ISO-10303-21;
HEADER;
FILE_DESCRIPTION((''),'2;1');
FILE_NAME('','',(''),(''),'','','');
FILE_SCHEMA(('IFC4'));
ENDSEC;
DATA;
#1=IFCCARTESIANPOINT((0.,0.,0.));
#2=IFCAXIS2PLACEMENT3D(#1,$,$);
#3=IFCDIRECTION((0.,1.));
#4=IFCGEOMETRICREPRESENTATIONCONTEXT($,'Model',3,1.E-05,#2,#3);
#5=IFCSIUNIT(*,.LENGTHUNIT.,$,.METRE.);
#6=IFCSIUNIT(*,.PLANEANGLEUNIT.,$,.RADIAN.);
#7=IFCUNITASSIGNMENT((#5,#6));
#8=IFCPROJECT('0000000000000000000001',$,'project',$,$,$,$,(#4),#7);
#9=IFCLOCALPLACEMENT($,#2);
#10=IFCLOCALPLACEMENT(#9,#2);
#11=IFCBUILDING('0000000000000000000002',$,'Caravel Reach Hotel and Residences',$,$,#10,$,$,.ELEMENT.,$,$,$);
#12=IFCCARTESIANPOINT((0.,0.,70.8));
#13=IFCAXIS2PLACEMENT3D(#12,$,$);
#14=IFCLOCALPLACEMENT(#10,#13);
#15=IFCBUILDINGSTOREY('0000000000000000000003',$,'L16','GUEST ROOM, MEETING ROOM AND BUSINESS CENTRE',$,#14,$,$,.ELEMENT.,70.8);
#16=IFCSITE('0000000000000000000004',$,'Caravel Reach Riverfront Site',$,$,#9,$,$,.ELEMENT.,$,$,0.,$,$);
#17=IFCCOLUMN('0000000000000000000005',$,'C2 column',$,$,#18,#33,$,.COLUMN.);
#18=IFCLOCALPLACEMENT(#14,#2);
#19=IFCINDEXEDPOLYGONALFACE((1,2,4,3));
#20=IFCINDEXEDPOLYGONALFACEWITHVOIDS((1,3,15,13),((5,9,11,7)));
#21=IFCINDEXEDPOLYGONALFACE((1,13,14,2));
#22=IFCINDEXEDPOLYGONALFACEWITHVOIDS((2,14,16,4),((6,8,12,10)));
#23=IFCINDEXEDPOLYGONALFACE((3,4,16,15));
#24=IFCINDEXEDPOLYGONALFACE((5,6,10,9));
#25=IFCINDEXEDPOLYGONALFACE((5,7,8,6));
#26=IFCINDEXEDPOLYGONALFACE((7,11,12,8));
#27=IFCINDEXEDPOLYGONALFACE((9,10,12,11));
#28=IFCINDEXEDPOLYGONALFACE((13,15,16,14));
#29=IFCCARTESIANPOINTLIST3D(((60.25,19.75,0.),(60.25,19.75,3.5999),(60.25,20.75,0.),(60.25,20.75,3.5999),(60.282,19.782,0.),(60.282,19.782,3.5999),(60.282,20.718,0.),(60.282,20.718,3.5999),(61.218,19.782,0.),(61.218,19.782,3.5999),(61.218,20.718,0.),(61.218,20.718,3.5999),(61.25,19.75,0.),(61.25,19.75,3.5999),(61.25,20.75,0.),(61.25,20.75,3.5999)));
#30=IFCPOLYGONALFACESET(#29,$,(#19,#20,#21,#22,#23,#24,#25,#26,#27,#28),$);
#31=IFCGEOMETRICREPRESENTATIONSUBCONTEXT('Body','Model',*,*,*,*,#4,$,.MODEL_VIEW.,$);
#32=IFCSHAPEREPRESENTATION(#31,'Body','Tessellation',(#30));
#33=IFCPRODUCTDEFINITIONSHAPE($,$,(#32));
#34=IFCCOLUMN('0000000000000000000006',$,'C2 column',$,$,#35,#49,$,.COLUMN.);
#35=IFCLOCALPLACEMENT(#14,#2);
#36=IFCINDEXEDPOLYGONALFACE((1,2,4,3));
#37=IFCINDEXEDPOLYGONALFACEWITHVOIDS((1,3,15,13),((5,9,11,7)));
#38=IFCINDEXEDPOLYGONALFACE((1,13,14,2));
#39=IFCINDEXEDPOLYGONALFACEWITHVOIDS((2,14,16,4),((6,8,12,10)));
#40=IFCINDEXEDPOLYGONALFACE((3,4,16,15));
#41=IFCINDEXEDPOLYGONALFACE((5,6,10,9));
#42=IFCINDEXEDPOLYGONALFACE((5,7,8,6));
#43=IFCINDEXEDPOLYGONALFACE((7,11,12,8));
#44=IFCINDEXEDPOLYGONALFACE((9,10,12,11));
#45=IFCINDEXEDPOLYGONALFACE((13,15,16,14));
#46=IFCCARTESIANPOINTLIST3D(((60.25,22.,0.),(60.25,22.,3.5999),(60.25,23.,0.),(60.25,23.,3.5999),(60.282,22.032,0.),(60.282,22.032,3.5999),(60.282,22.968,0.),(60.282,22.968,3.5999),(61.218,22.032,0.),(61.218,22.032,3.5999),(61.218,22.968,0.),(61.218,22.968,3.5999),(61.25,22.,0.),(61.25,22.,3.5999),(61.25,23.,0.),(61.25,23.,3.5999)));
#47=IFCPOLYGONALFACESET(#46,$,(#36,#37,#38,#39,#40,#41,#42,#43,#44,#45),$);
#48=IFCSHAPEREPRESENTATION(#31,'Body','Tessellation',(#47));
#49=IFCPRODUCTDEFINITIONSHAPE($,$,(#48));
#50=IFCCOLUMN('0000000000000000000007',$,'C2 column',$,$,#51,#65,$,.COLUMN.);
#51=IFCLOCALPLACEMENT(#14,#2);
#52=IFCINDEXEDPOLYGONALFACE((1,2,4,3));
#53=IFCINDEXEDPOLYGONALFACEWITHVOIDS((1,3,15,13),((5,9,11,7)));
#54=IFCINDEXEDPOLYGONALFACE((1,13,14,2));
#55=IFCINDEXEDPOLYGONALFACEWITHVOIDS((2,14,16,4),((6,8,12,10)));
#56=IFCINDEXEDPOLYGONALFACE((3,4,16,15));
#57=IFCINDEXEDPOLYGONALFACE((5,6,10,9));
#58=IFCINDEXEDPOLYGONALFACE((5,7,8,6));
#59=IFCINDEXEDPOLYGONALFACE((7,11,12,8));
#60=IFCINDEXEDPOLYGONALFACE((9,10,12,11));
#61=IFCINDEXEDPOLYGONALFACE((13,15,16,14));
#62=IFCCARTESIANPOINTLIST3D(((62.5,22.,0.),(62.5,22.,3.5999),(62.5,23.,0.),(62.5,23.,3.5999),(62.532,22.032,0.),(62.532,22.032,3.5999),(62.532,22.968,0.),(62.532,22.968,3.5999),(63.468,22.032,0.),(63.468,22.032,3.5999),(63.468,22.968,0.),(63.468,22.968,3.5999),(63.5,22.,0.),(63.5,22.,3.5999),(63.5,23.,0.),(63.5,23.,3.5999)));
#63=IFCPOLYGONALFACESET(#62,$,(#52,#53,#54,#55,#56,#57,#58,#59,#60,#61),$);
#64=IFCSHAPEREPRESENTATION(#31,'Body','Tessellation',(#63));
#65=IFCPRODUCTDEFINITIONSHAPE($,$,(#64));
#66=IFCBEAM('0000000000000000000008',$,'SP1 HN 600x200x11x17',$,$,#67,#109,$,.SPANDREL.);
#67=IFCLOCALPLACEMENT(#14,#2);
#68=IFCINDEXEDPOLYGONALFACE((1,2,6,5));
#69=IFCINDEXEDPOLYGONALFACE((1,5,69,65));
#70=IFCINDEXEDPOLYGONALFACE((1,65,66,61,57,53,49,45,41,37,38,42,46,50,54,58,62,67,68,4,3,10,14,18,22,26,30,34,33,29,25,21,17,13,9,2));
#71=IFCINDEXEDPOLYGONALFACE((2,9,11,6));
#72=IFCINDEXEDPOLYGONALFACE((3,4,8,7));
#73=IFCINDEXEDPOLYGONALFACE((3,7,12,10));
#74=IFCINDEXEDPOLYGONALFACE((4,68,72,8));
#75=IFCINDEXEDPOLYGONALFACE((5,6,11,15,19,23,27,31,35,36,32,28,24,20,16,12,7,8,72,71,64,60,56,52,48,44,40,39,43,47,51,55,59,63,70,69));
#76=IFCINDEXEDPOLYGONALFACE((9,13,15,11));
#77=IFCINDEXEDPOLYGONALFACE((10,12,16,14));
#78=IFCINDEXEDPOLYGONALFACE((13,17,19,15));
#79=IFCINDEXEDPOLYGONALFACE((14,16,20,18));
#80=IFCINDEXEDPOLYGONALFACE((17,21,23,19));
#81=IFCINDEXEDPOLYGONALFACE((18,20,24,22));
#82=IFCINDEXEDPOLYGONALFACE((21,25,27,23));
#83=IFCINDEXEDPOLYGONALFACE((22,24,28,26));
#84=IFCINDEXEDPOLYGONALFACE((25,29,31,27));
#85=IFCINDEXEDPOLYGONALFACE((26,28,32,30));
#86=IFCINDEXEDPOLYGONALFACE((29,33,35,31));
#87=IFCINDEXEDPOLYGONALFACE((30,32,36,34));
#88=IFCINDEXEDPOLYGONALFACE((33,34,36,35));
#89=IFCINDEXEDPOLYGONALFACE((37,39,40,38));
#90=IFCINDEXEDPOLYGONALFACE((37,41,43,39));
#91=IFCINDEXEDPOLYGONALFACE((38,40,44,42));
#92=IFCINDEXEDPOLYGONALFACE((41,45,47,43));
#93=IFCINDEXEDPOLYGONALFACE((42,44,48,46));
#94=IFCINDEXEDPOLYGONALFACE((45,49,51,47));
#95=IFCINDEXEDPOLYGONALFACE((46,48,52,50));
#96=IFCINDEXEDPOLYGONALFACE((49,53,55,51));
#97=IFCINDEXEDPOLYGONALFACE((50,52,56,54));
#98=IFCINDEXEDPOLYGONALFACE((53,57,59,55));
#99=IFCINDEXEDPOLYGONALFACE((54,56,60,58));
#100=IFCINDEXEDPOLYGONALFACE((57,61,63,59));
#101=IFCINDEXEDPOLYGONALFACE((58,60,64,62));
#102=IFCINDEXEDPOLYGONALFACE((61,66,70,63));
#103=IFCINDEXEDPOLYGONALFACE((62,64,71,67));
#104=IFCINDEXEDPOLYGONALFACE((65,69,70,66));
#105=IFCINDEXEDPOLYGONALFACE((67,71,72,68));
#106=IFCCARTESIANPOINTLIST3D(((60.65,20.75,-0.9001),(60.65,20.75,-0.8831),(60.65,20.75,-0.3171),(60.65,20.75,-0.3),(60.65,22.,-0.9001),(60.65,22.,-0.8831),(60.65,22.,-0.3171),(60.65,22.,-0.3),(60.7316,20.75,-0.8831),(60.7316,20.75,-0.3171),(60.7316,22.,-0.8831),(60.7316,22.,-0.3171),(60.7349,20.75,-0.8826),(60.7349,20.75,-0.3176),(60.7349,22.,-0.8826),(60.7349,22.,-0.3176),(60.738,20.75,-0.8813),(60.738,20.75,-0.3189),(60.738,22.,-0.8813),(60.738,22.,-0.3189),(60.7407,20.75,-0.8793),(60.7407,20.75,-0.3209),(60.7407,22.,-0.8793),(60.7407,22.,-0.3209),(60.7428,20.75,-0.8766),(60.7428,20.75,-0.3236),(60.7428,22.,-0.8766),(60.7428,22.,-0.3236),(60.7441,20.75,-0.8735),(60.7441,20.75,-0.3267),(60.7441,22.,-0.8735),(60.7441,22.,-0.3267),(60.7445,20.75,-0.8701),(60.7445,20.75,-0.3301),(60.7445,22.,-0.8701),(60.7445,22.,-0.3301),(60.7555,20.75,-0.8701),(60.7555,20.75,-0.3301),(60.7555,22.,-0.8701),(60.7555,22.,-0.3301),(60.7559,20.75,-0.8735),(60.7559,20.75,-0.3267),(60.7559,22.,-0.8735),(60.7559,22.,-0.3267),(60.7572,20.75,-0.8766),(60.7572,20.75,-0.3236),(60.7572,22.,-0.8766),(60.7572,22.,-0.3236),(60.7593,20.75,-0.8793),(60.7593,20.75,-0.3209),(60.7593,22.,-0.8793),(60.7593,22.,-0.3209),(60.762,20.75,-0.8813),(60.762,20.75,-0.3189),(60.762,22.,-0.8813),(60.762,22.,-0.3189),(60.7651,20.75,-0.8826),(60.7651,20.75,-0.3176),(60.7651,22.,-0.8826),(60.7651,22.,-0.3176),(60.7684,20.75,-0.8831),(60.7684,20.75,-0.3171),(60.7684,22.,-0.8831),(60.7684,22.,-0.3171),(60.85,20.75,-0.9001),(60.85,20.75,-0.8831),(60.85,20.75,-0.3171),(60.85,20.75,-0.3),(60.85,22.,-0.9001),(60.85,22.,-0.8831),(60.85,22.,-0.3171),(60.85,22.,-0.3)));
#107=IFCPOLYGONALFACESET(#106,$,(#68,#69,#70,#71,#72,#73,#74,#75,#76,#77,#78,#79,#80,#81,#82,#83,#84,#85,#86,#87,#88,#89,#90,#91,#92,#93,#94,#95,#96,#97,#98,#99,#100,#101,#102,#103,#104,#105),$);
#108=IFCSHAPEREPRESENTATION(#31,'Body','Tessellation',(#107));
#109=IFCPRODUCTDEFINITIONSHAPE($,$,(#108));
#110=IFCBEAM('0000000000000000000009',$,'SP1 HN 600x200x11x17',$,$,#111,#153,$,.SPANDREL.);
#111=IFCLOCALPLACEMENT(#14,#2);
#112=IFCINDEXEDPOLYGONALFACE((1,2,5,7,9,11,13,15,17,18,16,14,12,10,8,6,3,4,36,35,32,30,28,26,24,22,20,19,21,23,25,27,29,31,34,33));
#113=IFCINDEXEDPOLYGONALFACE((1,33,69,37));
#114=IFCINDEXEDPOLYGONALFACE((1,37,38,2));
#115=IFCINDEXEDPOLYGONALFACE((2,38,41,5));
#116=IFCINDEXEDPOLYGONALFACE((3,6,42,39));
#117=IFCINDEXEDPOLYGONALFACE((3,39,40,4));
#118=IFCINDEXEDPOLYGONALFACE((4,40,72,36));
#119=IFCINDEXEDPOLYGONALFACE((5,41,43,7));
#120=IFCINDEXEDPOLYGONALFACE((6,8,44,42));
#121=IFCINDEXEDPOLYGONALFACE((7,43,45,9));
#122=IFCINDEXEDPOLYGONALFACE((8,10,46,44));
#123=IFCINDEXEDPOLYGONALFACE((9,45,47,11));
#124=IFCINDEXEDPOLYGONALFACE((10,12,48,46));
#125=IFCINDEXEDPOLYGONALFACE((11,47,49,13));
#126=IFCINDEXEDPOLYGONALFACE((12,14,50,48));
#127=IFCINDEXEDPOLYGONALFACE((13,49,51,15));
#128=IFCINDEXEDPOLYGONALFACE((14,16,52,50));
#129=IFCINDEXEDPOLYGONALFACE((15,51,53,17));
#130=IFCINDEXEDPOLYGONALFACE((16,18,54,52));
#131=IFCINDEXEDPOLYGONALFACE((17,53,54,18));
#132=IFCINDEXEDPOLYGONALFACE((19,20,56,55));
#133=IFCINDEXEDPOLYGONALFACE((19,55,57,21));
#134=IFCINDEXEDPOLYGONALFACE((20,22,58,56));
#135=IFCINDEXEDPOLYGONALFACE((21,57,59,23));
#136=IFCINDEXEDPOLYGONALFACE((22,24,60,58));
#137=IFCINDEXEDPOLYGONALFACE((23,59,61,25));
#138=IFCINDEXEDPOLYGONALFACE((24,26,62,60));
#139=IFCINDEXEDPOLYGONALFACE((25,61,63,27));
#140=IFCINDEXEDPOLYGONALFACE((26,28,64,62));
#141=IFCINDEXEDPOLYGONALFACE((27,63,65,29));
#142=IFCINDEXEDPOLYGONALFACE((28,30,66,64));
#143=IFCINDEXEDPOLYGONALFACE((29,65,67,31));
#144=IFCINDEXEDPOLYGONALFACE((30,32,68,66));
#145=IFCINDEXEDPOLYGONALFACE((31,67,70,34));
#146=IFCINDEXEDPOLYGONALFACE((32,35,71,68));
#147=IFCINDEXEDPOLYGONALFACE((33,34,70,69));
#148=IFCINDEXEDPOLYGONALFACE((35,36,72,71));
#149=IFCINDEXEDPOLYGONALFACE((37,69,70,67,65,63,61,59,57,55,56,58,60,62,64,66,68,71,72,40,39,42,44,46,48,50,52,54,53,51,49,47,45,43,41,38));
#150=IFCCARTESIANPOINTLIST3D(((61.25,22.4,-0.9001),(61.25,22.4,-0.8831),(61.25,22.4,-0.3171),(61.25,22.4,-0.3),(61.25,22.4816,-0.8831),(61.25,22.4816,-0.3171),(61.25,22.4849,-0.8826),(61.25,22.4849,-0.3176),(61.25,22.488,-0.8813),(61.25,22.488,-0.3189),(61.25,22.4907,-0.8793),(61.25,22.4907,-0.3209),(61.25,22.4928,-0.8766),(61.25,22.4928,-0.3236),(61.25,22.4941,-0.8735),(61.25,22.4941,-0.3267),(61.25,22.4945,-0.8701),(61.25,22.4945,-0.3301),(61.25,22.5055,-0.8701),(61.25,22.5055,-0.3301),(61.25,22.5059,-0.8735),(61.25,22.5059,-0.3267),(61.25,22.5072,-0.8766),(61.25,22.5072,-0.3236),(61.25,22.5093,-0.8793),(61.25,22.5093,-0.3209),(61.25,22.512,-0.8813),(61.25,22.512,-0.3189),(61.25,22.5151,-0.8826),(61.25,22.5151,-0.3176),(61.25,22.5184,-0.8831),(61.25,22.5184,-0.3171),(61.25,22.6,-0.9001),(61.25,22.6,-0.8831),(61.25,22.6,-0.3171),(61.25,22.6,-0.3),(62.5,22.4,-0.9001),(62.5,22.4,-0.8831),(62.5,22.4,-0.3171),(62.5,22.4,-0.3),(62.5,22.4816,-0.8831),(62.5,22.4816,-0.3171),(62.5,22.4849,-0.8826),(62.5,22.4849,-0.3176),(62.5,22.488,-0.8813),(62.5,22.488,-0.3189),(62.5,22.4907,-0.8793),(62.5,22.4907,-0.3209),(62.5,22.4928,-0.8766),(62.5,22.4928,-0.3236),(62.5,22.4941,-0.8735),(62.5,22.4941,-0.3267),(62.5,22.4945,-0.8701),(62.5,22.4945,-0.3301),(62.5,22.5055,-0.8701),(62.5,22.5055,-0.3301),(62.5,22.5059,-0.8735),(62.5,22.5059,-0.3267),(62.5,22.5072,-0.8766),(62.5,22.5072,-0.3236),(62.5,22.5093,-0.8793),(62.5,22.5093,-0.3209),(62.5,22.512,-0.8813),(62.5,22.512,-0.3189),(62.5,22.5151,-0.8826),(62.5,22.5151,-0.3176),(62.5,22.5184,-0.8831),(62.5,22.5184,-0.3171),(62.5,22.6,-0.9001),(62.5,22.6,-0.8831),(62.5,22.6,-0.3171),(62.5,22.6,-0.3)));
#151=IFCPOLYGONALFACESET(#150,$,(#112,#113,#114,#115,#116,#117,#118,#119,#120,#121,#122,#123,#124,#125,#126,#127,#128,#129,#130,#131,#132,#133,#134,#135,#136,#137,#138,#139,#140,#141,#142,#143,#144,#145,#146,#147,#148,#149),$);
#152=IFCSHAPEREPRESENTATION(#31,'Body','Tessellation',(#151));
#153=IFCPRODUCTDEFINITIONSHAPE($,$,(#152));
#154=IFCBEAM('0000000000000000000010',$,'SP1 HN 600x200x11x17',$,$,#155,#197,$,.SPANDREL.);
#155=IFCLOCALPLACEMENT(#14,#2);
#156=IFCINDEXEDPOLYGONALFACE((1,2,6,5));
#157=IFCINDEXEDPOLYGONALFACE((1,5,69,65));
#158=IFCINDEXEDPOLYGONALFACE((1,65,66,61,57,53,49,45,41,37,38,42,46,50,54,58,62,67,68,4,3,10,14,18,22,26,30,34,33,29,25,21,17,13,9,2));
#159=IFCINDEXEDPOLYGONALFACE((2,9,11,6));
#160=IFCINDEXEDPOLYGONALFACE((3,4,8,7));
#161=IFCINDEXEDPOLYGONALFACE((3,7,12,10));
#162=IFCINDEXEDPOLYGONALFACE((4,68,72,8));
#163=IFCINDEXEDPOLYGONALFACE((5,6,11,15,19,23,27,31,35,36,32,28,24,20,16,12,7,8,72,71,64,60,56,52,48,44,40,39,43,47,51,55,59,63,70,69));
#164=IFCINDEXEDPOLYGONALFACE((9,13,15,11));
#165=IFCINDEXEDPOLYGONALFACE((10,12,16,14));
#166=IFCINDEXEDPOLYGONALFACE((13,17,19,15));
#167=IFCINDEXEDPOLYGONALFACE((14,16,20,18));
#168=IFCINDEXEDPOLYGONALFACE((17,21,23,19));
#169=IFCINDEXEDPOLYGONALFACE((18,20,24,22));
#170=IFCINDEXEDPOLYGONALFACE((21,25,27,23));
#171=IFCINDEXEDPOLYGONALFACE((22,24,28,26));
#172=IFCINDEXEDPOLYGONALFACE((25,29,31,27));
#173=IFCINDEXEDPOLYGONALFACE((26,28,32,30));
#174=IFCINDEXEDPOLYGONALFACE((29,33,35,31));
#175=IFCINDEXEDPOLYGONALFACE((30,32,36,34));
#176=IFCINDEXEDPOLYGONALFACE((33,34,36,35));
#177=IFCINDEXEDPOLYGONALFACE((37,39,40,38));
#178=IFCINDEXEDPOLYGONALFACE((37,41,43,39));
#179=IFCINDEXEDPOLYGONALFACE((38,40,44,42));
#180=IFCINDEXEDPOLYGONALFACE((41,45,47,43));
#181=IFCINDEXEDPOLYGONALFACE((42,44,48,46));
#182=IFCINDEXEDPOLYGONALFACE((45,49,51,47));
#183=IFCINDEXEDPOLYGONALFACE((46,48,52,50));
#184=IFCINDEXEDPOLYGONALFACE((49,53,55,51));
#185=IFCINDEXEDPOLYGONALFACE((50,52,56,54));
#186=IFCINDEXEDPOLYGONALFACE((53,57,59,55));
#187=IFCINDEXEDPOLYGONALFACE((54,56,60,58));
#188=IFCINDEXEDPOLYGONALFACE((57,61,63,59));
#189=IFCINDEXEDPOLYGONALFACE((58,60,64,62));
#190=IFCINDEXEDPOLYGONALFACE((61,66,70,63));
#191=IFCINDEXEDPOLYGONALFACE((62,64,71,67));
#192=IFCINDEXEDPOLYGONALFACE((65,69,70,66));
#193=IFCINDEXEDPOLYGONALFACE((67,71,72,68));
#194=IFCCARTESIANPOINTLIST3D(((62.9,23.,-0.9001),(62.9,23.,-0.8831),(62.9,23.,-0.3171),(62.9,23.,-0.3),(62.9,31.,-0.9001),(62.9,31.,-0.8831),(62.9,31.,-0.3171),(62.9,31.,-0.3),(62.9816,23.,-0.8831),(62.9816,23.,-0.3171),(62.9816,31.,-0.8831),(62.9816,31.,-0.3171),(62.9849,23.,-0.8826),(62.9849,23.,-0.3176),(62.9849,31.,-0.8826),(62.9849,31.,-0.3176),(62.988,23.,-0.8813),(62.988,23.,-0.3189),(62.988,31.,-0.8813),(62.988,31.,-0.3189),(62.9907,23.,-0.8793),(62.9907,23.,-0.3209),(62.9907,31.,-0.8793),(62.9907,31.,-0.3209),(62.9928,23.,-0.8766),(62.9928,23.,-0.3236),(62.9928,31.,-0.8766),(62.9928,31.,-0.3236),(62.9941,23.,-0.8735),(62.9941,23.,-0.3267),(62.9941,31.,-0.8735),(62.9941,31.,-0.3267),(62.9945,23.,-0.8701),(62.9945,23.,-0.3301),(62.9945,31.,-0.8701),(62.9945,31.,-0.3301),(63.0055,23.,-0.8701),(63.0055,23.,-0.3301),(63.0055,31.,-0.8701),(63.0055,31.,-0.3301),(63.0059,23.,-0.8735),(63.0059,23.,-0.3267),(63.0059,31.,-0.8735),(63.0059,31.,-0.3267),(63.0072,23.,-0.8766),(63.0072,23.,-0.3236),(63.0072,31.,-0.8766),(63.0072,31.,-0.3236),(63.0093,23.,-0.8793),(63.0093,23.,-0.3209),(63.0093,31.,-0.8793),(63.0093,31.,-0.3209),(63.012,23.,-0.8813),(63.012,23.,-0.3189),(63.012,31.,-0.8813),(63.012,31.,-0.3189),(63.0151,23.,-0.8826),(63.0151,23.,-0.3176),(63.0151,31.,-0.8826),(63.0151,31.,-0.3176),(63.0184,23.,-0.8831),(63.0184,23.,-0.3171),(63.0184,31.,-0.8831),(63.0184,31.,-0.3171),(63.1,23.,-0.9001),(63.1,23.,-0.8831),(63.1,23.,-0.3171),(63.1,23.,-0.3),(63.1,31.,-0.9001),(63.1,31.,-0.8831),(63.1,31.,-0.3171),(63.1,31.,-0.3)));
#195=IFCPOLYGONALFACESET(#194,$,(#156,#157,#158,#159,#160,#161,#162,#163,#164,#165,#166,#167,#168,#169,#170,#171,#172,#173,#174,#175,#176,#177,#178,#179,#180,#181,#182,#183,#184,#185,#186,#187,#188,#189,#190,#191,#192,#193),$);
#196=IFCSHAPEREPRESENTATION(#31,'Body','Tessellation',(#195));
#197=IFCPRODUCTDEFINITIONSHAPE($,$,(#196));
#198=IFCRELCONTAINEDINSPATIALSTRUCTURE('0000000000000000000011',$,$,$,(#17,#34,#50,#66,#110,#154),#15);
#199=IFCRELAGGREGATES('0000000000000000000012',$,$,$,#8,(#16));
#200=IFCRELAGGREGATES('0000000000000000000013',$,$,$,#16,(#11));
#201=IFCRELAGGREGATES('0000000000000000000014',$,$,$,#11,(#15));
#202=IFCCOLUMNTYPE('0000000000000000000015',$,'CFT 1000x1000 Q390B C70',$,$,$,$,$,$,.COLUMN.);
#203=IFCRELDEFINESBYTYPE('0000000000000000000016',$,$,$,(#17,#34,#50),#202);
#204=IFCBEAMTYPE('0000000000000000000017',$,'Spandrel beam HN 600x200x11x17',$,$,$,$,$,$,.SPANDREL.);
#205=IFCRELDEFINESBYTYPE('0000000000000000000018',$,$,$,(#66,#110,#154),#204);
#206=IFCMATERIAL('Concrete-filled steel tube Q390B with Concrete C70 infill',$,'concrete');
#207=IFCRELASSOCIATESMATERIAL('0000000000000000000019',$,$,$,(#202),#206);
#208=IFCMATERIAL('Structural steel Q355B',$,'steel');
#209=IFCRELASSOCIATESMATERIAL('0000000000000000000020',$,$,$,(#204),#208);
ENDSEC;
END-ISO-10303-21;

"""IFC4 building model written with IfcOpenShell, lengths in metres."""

from ifc_helpers import new_model, si_unit, direction, frame, origin, origin_2d, place, context, subcontext, project, spatial, hollow_rectangle, i_section, extrude, material, material_profile, profile_set, type_object, element, save


model = new_model("IFC4")

# Units and contexts
model_context = context("Model", 3, precision=1e-05, world=origin(), true_north=direction((0.0, 1.0)))
body_context = subcontext(model_context, "Body", "Model", "MODEL_VIEW")
ifc_project = project(units=[si_unit("LENGTHUNIT", "METRE"), si_unit("PLANEANGLEUNIT", "RADIAN")], contexts=[model_context])

# Site, building, storey
site_placement = place(None, origin())
site = spatial("IfcSite", under=ifc_project, at=site_placement, Name="Caravel Reach Riverfront Site", CompositionType="ELEMENT", RefElevation=0.0)
building_placement = place(site_placement, origin())
building = spatial("IfcBuilding", under=site, at=building_placement, Name="Caravel Reach Hotel and Residences", CompositionType="ELEMENT")
storey_placement = place(building_placement, frame((0.0, 0.0, 70.8)))
storey = spatial("IfcBuildingStorey", under=building, at=storey_placement, Name="L16", Description="GUEST ROOM, MEETING ROOM AND BUSINESS CENTRE", CompositionType="ELEMENT", Elevation=70.8)

# Columns
ifc_material_1 = material(Name="Concrete-filled steel tube Q390B with Concrete C70 infill", Category="concrete")
ifc_material_profile_1 = material_profile(ifc_material_1, hollow_rectangle(XDim=1.0, YDim=1.0, WallThickness=0.032, at=origin_2d()), Name="RHS 1000x1000x32")
ifc_profile_set_1 = profile_set([ifc_material_profile_1], Name="Concrete-filled steel tube Q390B with Concrete C70 infill")
column_type = type_object("IfcColumnType", Name="CFT 1000x1000 Q390B C70", PredefinedType="COLUMN", material=ifc_profile_set_1)
for number, where, z_axis, x_axis, name in (
    (1, (60.75, 20.25, 0.0), (0.0, 0.0, 1.0), (1.0, 0.0, 0.0), "C2 column"),
    (2, (60.75, 22.5, 0.0), (0.0, 0.0, 1.0), (1.0, 0.0, 0.0), "C2 column"),
    (3, (63.0, 22.5, 0.0), (0.0, 0.0, 1.0), (1.0, 0.0, 0.0), "C2 column"),
):
    element("IfcColumn", number, at=place(storey_placement, frame(where, z_axis=z_axis, x_axis=x_axis)), inside=storey, type_object=column_type, Name=name, PredefinedType="COLUMN", context=body_context, shape_type="SweptSolid", body=[
        extrude(hollow_rectangle(XDim=1.0, YDim=1.0, WallThickness=0.032, at=origin_2d()), origin(), (0.0, 0.0, 1.0), 3.5999),
    ])

# Beams
ifc_material_2 = material(Name="Structural steel Q355B", Category="steel")
ifc_material_profile_2 = material_profile(ifc_material_2, i_section(OverallWidth=0.2, OverallDepth=0.6001, WebThickness=0.011, FlangeThickness=0.0171, FilletRadius=0.0129, at=origin_2d()), Name="HN 600x200x11x17")
ifc_profile_set_2 = profile_set([ifc_material_profile_2], Name="Structural steel Q355B")
beam_type = type_object("IfcBeamType", Name="Spandrel beam HN 600x200x11x17", PredefinedType="SPANDREL", material=ifc_profile_set_2)
for number, where, z_axis, x_axis, name in (
    (4, (60.75, 20.75, -0.6001), (0.0, 1.0, 0.0), (-1.0, 0.0, 0.0), "SP1 HN 600x200x11x17"),
    (5, (61.25, 22.5, -0.6001), (1.0, 0.0, 0.0), (0.0, 1.0, 0.0), "SP1 HN 600x200x11x17"),
):
    element("IfcBeam", number, at=place(storey_placement, frame(where, z_axis=z_axis, x_axis=x_axis)), inside=storey, type_object=beam_type, Name=name, PredefinedType="SPANDREL", context=body_context, shape_type="SweptSolid", body=[
        extrude(i_section(OverallWidth=0.2, OverallDepth=0.6001, WebThickness=0.011, FlangeThickness=0.0171, FilletRadius=0.0129, at=origin_2d()), origin(), (0.0, 0.0, 1.0), 1.25),
    ])
beam_placement = place(storey_placement, frame((63.0, 23.0, -0.6001), z_axis=(0.0, 1.0, 0.0), x_axis=(-1.0, 0.0, 0.0)))
element("IfcBeam", 6, at=beam_placement, inside=storey, type_object=beam_type, Name="SP1 HN 600x200x11x17", PredefinedType="SPANDREL", context=body_context, shape_type="SweptSolid", body=[
    extrude(i_section(OverallWidth=0.2, OverallDepth=0.6001, WebThickness=0.011, FlangeThickness=0.0171, FilletRadius=0.0129, at=origin_2d()), origin(), (0.0, 0.0, 1.0), 8.0),
])

save(model, "model.ifc")
